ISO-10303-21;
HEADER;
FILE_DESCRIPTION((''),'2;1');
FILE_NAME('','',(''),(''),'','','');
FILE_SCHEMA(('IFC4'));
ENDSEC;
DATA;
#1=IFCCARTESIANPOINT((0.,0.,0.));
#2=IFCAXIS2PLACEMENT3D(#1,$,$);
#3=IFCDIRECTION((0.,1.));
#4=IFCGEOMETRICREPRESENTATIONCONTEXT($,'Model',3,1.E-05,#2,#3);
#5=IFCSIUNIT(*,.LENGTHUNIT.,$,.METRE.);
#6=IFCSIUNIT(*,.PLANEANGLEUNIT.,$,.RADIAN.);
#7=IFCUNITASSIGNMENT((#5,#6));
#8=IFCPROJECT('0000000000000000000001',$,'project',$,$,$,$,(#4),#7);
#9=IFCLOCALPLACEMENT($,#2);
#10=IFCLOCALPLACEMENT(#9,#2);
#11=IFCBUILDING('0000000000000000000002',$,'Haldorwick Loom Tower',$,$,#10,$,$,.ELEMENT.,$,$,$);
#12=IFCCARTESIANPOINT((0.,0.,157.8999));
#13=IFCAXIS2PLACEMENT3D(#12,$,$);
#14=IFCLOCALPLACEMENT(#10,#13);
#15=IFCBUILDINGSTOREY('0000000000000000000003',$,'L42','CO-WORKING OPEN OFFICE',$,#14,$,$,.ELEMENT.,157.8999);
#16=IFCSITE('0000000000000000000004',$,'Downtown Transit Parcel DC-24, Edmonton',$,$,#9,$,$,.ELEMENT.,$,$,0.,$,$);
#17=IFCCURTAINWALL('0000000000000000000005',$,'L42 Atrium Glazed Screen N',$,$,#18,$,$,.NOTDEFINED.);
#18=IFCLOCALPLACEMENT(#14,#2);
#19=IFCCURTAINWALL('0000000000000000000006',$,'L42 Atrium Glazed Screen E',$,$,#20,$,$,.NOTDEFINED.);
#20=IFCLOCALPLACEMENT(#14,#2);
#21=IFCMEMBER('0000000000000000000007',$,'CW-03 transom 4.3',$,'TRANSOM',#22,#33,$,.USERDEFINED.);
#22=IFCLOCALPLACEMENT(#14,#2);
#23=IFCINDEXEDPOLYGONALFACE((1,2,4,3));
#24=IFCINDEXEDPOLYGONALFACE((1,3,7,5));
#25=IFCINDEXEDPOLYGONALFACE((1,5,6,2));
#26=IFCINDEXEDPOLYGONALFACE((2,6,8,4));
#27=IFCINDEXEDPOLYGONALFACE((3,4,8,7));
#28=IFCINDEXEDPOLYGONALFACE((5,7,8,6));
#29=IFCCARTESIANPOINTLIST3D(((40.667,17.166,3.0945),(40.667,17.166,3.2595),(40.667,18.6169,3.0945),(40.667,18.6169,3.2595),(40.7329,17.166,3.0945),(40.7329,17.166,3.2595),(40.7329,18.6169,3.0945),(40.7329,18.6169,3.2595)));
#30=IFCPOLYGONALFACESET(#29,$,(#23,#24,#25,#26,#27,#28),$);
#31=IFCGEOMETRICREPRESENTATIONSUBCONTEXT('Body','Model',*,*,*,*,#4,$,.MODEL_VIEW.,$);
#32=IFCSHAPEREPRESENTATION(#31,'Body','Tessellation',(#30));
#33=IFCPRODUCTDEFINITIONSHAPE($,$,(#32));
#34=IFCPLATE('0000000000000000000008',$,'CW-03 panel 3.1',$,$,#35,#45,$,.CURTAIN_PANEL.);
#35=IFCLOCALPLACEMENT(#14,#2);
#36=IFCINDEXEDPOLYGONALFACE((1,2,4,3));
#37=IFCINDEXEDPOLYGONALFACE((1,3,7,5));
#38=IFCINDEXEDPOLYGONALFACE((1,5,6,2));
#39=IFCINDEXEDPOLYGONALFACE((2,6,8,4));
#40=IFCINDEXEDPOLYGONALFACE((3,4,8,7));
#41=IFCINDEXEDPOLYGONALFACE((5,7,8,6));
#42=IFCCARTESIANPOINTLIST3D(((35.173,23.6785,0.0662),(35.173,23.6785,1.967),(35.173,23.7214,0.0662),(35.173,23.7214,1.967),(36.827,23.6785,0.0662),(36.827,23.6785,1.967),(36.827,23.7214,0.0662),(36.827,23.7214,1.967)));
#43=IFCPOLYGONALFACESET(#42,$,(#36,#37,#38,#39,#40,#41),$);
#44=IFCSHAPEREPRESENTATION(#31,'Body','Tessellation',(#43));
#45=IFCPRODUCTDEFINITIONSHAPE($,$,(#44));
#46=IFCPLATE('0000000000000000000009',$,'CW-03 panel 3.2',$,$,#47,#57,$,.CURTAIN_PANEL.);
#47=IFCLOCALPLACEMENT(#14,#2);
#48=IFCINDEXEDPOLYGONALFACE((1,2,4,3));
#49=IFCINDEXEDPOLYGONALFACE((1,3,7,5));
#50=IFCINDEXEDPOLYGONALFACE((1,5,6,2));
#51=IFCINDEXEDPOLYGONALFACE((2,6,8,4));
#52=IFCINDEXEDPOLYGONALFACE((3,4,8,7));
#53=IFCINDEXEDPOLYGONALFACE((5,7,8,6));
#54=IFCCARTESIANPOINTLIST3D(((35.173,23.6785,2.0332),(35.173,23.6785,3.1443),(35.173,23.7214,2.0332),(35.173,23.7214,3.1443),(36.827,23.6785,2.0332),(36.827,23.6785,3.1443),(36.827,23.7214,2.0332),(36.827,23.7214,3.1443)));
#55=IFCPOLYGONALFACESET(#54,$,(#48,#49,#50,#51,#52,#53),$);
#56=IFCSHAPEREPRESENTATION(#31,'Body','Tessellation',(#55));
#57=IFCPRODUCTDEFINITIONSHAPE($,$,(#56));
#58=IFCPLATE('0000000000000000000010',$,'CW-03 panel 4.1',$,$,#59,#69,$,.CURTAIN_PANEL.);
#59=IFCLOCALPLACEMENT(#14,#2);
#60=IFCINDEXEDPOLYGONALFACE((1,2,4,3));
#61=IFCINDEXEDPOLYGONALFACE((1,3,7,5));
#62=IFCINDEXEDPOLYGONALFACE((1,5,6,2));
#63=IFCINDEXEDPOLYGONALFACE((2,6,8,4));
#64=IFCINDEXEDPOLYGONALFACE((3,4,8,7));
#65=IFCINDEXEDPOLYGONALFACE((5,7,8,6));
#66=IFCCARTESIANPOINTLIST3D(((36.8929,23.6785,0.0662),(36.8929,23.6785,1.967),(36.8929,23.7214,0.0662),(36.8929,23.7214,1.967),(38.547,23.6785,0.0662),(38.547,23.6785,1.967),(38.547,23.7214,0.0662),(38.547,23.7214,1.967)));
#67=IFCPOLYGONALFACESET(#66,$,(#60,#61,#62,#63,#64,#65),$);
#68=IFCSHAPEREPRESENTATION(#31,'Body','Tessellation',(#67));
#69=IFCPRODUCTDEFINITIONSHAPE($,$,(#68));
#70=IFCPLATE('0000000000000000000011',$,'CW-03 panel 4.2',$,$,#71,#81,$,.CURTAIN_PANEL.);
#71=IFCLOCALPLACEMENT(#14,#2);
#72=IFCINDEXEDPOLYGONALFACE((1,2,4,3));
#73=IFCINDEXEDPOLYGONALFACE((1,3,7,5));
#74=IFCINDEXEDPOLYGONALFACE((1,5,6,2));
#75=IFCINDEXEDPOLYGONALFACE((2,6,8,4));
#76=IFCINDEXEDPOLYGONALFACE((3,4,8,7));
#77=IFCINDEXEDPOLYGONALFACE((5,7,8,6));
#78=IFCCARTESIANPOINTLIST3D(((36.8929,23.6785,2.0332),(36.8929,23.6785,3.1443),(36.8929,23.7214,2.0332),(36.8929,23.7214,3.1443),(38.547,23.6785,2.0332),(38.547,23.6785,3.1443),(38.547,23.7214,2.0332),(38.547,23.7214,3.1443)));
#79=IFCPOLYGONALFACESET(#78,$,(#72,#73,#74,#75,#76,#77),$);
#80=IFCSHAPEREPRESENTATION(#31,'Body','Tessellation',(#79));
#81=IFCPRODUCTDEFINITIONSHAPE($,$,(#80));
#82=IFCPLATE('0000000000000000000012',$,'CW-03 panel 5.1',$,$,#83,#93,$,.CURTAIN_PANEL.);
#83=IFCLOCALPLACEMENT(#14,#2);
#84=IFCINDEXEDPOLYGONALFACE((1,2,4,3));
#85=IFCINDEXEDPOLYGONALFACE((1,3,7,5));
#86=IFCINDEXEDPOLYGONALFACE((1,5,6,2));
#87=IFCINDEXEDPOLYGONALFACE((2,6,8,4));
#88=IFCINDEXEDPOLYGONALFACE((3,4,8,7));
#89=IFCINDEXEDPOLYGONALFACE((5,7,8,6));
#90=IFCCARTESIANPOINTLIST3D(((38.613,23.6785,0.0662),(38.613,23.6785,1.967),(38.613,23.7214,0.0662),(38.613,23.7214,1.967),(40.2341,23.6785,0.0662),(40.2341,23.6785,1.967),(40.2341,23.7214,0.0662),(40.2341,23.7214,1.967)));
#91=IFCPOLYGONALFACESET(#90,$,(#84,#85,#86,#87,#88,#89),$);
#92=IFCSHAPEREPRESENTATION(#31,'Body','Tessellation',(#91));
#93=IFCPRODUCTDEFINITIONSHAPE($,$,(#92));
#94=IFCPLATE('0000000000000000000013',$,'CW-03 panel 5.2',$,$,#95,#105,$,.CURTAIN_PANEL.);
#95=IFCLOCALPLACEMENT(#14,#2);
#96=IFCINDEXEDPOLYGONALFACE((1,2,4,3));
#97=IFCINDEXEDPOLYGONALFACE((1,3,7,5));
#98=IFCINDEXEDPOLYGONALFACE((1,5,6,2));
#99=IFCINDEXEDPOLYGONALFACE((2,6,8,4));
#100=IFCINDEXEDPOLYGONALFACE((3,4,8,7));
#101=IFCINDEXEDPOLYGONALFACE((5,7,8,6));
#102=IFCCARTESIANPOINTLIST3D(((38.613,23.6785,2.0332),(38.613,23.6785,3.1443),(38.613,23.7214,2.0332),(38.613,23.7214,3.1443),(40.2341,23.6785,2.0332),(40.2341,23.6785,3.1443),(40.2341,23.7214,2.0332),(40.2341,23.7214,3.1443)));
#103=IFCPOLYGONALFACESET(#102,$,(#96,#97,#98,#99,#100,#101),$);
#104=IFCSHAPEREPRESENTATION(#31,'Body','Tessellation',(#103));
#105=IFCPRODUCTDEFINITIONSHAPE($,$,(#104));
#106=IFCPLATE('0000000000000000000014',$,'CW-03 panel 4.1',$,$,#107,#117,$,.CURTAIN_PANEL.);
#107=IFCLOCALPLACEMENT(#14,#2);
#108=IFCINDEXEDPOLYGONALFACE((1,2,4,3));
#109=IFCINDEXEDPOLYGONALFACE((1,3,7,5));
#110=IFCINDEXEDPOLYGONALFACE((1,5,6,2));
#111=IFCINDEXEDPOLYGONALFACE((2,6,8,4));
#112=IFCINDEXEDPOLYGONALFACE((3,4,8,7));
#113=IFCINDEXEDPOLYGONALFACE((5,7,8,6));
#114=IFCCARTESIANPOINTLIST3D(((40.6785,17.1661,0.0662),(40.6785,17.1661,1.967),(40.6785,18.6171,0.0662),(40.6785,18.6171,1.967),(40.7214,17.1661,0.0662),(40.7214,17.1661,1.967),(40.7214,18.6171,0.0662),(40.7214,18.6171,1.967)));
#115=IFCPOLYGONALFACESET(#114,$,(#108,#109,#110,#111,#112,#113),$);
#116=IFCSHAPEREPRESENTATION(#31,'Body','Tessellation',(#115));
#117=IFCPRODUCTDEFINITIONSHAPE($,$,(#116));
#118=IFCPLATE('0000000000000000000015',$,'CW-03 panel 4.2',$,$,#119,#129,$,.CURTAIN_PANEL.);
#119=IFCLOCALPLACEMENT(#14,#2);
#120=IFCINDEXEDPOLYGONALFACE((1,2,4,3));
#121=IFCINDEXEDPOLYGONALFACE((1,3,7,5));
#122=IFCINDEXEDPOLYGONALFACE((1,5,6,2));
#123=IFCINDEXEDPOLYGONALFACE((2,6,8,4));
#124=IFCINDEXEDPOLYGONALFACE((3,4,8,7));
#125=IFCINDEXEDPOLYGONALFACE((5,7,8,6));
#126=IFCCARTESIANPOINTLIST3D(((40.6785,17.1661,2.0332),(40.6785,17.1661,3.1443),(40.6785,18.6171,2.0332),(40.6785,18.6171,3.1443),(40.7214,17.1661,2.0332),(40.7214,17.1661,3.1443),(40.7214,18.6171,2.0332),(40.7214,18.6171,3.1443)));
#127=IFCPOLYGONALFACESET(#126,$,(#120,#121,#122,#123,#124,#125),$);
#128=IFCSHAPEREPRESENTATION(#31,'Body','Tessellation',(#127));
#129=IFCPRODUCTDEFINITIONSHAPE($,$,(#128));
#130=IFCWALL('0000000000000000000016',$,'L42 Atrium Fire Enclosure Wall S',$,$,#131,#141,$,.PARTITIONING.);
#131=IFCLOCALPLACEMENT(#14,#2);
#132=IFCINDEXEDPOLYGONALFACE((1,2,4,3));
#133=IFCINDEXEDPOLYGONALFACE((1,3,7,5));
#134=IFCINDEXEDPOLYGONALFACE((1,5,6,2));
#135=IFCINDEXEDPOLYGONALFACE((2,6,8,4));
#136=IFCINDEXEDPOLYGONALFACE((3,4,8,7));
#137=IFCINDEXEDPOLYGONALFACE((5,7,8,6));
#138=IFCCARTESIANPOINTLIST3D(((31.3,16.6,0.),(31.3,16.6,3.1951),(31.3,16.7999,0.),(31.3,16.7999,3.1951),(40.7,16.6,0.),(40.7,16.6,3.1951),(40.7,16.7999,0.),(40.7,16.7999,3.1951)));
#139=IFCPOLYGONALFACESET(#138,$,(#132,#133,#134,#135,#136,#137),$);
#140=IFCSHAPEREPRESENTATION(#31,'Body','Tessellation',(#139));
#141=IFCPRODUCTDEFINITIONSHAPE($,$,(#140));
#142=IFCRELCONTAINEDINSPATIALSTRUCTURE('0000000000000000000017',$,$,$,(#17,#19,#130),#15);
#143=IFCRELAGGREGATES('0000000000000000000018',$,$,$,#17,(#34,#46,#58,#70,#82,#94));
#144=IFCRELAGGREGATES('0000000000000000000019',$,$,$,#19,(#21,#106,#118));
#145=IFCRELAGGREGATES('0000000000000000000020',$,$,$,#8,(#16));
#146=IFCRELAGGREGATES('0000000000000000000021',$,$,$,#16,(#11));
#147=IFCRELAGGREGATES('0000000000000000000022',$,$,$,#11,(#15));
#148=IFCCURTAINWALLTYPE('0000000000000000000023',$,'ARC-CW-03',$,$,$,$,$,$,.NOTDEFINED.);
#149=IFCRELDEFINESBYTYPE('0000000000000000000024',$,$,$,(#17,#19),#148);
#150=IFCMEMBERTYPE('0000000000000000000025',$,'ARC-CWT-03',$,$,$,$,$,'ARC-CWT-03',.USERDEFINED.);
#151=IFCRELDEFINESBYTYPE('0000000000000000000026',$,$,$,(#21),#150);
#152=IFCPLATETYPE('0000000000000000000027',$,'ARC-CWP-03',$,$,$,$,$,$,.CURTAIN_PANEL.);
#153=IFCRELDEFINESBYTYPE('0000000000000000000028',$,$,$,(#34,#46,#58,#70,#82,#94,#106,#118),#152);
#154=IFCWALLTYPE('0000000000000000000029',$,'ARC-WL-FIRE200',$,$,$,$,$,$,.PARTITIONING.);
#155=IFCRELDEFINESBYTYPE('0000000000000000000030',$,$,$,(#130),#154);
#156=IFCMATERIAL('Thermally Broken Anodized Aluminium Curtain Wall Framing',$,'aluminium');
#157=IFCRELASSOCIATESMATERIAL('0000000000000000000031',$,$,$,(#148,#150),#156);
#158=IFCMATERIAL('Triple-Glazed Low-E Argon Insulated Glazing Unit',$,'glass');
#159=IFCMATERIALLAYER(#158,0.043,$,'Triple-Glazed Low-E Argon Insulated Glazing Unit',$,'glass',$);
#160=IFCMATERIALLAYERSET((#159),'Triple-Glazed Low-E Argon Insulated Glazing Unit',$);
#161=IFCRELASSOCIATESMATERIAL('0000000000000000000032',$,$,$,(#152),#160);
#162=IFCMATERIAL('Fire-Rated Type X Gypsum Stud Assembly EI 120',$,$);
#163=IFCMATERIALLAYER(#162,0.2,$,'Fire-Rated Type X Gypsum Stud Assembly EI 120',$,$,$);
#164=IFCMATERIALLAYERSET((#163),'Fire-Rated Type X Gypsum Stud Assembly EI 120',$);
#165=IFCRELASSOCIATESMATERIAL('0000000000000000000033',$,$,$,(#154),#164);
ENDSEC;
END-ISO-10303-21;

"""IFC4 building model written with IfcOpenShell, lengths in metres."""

from ifc_helpers import new_model, si_unit, direction, frame, frame_2d, origin, origin_2d, place, context, subcontext, project, spatial, rectangle, extrude, material, layer, layer_set, material_profile, profile_set, type_object, element, aggregate, save


model = new_model("IFC4")

# Units and contexts
model_context = context("Model", 3, precision=1e-05, world=origin(), true_north=direction((0.0, 1.0)))
body_context = subcontext(model_context, "Body", "Model", "MODEL_VIEW")
ifc_project = project(units=[si_unit("LENGTHUNIT", "METRE"), si_unit("PLANEANGLEUNIT", "RADIAN")], contexts=[model_context])

# Site, building, storey
site_placement = place(None, origin())
site = spatial("IfcSite", under=ifc_project, at=site_placement, Name="Downtown Transit Parcel DC-24, Edmonton", CompositionType="ELEMENT", RefElevation=0.0)
building_placement = place(site_placement, origin())
building = spatial("IfcBuilding", under=site, at=building_placement, Name="Haldorwick Loom Tower", CompositionType="ELEMENT")
storey_placement = place(building_placement, frame((0.0, 0.0, 157.8999)))
storey = spatial("IfcBuildingStorey", under=building, at=storey_placement, Name="L42", Description="CO-WORKING OPEN OFFICE", CompositionType="ELEMENT", Elevation=157.8999)

# Shared definitions
ifc_material_1 = material(Name="Thermally Broken Anodized Aluminium Curtain Wall Framing", Category="aluminium")
curtain_wall_type = type_object("IfcCurtainWallType", Name="ARC-CW-03", PredefinedType="NOTDEFINED", material=ifc_material_1)

# Curtain wall
curtain_wall_1_placement = place(storey_placement, origin())
curtain_wall_1 = element("IfcCurtainWall", 1, at=curtain_wall_1_placement, inside=storey, type_object=curtain_wall_type, Name="L42 Atrium Glazed Screen N", PredefinedType="NOTDEFINED")

# Curtain wall
curtain_wall_2_placement = place(storey_placement, origin())
curtain_wall_2 = element("IfcCurtainWall", 2, at=curtain_wall_2_placement, inside=storey, type_object=curtain_wall_type, Name="L42 Atrium Glazed Screen E", PredefinedType="NOTDEFINED")

# Member
ifc_material_profile_1 = material_profile(ifc_material_1, rectangle(XDim=0.0659, YDim=0.165, at=origin_2d()), Name="ALU_TRN_66X165", Category="aluminium")
ifc_profile_set_1 = profile_set([ifc_material_profile_1], Name="Thermally Broken Anodized Aluminium Curtain Wall Framing")
member_type_1 = type_object("IfcMemberType", Name="ARC-CWT-03", ElementType="ARC-CWT-03", PredefinedType="USERDEFINED", material=ifc_profile_set_1)
member_1_placement = place(storey_placement, frame((40.7, 18.6169, 3.177), z_axis=(0.0, -1.0, 0.0), x_axis=(1.0, 0.0, 0.0)))
member_1 = element("IfcMember", 3, at=member_1_placement, type_object=member_type_1, Name="CW-03 transom 4.3", ObjectType="TRANSOM", PredefinedType="USERDEFINED", context=body_context, shape_type="SweptSolid", body=[
    extrude(rectangle(XDim=0.0659, YDim=0.165, at=origin_2d()), origin(), (0.0, 0.0, 1.0), 1.4509),
])

# Plates
ifc_material_2 = material(Name="Triple-Glazed Low-E Argon Insulated Glazing Unit", Category="glass")
ifc_layer_1 = layer(ifc_material_2, 0.043, Name="Triple-Glazed Low-E Argon Insulated Glazing Unit", Category="glass")
ifc_layer_set_1 = layer_set([ifc_layer_1], Name="Triple-Glazed Low-E Argon Insulated Glazing Unit")
plate_type = type_object("IfcPlateType", Name="ARC-CWP-03", PredefinedType="CURTAIN_PANEL", material=ifc_layer_set_1)
plate_1_placement = place(storey_placement, frame((36.0, 23.7, 0.0662), z_axis=(0.0, 0.0, 1.0), x_axis=(1.0, 0.0, 0.0)))
plate_1 = element("IfcPlate", 4, at=plate_1_placement, type_object=plate_type, Name="CW-03 panel 3.1", PredefinedType="CURTAIN_PANEL", context=body_context, shape_type="SweptSolid", body=[
    extrude(rectangle(XDim=1.6541, YDim=0.043, at=origin_2d()), origin(), (0.0, 0.0, 1.0), 1.9009),
])
plate_2_placement = place(storey_placement, frame((36.0, 23.7, 2.0332), z_axis=(0.0, 0.0, 1.0), x_axis=(1.0, 0.0, 0.0)))
plate_2 = element("IfcPlate", 5, at=plate_2_placement, type_object=plate_type, Name="CW-03 panel 3.2", PredefinedType="CURTAIN_PANEL", context=body_context, shape_type="SweptSolid", body=[
    extrude(rectangle(XDim=1.6541, YDim=0.043, at=origin_2d()), origin(), (0.0, 0.0, 1.0), 1.1111),
])
plate_3_placement = place(storey_placement, frame((37.72, 23.7, 0.0662), z_axis=(0.0, 0.0, 1.0), x_axis=(1.0, 0.0, 0.0)))
plate_3 = element("IfcPlate", 6, at=plate_3_placement, type_object=plate_type, Name="CW-03 panel 4.1", PredefinedType="CURTAIN_PANEL", context=body_context, shape_type="SweptSolid", body=[
    extrude(rectangle(XDim=1.6541, YDim=0.043, at=origin_2d()), origin(), (0.0, 0.0, 1.0), 1.9009),
])
plate_4_placement = place(storey_placement, frame((37.72, 23.7, 2.0332), z_axis=(0.0, 0.0, 1.0), x_axis=(1.0, 0.0, 0.0)))
plate_4 = element("IfcPlate", 7, at=plate_4_placement, type_object=plate_type, Name="CW-03 panel 4.2", PredefinedType="CURTAIN_PANEL", context=body_context, shape_type="SweptSolid", body=[
    extrude(rectangle(XDim=1.6541, YDim=0.043, at=origin_2d()), origin(), (0.0, 0.0, 1.0), 1.1111),
])
plate_5_placement = place(storey_placement, frame((39.4236, 23.7, 0.0662), z_axis=(0.0, 0.0, 1.0), x_axis=(1.0, 0.0, 0.0)))
plate_5 = element("IfcPlate", 8, at=plate_5_placement, type_object=plate_type, Name="CW-03 panel 5.1", PredefinedType="CURTAIN_PANEL", context=body_context, shape_type="SweptSolid", body=[
    extrude(rectangle(XDim=1.6211, YDim=0.043, at=origin_2d()), origin(), (0.0, 0.0, 1.0), 1.9009),
])
plate_6_placement = place(storey_placement, frame((39.4236, 23.7, 2.0332), z_axis=(0.0, 0.0, 1.0), x_axis=(1.0, 0.0, 0.0)))
plate_6 = element("IfcPlate", 9, at=plate_6_placement, type_object=plate_type, Name="CW-03 panel 5.2", PredefinedType="CURTAIN_PANEL", context=body_context, shape_type="SweptSolid", body=[
    extrude(rectangle(XDim=1.6211, YDim=0.043, at=origin_2d()), origin(), (0.0, 0.0, 1.0), 1.1111),
])
aggregate(curtain_wall_1, [plate_1, plate_2, plate_3, plate_4, plate_5, plate_6])
plate_7_placement = place(storey_placement, frame((40.7, 17.8916, 0.0662), z_axis=(0.0, 0.0, 1.0), x_axis=(0.0, -1.0, 0.0)))
plate_7 = element("IfcPlate", 10, at=plate_7_placement, type_object=plate_type, Name="CW-03 panel 4.1", PredefinedType="CURTAIN_PANEL", context=body_context, shape_type="SweptSolid", body=[
    extrude(rectangle(XDim=1.4509, YDim=0.043, at=origin_2d()), origin(), (0.0, 0.0, 1.0), 1.9009),
])
plate_8_placement = place(storey_placement, frame((40.7, 17.8916, 2.0332), z_axis=(0.0, 0.0, 1.0), x_axis=(0.0, -1.0, 0.0)))
plate_8 = element("IfcPlate", 11, at=plate_8_placement, type_object=plate_type, Name="CW-03 panel 4.2", PredefinedType="CURTAIN_PANEL", context=body_context, shape_type="SweptSolid", body=[
    extrude(rectangle(XDim=1.4509, YDim=0.043, at=origin_2d()), origin(), (0.0, 0.0, 1.0), 1.1111),
])
aggregate(curtain_wall_2, [member_1, plate_7, plate_8])

# Wall
ifc_material_3 = material(Name="Fire-Rated Type X Gypsum Stud Assembly EI 120")
ifc_layer_2 = layer(ifc_material_3, 0.2, Name="Fire-Rated Type X Gypsum Stud Assembly EI 120")
ifc_layer_set_2 = layer_set([ifc_layer_2], Name="Fire-Rated Type X Gypsum Stud Assembly EI 120")
wall_type = type_object("IfcWallType", Name="ARC-WL-FIRE200", PredefinedType="PARTITIONING", material=ifc_layer_set_2)
wall_placement = place(storey_placement, frame((40.7, 16.7, 0.0), z_axis=(0.0, 0.0, 1.0), x_axis=(-1.0, 0.0, 0.0)))
element("IfcWall", 12, at=wall_placement, inside=storey, type_object=wall_type, Name="L42 Atrium Fire Enclosure Wall S", PredefinedType="PARTITIONING", context=body_context, shape_type="SweptSolid", body=[
    extrude(rectangle(XDim=9.3999, YDim=0.2, at=frame_2d((4.7, 0.0))), origin(), (0.0, 0.0, 1.0), 3.1951),
])

save(model, "model.ifc")
